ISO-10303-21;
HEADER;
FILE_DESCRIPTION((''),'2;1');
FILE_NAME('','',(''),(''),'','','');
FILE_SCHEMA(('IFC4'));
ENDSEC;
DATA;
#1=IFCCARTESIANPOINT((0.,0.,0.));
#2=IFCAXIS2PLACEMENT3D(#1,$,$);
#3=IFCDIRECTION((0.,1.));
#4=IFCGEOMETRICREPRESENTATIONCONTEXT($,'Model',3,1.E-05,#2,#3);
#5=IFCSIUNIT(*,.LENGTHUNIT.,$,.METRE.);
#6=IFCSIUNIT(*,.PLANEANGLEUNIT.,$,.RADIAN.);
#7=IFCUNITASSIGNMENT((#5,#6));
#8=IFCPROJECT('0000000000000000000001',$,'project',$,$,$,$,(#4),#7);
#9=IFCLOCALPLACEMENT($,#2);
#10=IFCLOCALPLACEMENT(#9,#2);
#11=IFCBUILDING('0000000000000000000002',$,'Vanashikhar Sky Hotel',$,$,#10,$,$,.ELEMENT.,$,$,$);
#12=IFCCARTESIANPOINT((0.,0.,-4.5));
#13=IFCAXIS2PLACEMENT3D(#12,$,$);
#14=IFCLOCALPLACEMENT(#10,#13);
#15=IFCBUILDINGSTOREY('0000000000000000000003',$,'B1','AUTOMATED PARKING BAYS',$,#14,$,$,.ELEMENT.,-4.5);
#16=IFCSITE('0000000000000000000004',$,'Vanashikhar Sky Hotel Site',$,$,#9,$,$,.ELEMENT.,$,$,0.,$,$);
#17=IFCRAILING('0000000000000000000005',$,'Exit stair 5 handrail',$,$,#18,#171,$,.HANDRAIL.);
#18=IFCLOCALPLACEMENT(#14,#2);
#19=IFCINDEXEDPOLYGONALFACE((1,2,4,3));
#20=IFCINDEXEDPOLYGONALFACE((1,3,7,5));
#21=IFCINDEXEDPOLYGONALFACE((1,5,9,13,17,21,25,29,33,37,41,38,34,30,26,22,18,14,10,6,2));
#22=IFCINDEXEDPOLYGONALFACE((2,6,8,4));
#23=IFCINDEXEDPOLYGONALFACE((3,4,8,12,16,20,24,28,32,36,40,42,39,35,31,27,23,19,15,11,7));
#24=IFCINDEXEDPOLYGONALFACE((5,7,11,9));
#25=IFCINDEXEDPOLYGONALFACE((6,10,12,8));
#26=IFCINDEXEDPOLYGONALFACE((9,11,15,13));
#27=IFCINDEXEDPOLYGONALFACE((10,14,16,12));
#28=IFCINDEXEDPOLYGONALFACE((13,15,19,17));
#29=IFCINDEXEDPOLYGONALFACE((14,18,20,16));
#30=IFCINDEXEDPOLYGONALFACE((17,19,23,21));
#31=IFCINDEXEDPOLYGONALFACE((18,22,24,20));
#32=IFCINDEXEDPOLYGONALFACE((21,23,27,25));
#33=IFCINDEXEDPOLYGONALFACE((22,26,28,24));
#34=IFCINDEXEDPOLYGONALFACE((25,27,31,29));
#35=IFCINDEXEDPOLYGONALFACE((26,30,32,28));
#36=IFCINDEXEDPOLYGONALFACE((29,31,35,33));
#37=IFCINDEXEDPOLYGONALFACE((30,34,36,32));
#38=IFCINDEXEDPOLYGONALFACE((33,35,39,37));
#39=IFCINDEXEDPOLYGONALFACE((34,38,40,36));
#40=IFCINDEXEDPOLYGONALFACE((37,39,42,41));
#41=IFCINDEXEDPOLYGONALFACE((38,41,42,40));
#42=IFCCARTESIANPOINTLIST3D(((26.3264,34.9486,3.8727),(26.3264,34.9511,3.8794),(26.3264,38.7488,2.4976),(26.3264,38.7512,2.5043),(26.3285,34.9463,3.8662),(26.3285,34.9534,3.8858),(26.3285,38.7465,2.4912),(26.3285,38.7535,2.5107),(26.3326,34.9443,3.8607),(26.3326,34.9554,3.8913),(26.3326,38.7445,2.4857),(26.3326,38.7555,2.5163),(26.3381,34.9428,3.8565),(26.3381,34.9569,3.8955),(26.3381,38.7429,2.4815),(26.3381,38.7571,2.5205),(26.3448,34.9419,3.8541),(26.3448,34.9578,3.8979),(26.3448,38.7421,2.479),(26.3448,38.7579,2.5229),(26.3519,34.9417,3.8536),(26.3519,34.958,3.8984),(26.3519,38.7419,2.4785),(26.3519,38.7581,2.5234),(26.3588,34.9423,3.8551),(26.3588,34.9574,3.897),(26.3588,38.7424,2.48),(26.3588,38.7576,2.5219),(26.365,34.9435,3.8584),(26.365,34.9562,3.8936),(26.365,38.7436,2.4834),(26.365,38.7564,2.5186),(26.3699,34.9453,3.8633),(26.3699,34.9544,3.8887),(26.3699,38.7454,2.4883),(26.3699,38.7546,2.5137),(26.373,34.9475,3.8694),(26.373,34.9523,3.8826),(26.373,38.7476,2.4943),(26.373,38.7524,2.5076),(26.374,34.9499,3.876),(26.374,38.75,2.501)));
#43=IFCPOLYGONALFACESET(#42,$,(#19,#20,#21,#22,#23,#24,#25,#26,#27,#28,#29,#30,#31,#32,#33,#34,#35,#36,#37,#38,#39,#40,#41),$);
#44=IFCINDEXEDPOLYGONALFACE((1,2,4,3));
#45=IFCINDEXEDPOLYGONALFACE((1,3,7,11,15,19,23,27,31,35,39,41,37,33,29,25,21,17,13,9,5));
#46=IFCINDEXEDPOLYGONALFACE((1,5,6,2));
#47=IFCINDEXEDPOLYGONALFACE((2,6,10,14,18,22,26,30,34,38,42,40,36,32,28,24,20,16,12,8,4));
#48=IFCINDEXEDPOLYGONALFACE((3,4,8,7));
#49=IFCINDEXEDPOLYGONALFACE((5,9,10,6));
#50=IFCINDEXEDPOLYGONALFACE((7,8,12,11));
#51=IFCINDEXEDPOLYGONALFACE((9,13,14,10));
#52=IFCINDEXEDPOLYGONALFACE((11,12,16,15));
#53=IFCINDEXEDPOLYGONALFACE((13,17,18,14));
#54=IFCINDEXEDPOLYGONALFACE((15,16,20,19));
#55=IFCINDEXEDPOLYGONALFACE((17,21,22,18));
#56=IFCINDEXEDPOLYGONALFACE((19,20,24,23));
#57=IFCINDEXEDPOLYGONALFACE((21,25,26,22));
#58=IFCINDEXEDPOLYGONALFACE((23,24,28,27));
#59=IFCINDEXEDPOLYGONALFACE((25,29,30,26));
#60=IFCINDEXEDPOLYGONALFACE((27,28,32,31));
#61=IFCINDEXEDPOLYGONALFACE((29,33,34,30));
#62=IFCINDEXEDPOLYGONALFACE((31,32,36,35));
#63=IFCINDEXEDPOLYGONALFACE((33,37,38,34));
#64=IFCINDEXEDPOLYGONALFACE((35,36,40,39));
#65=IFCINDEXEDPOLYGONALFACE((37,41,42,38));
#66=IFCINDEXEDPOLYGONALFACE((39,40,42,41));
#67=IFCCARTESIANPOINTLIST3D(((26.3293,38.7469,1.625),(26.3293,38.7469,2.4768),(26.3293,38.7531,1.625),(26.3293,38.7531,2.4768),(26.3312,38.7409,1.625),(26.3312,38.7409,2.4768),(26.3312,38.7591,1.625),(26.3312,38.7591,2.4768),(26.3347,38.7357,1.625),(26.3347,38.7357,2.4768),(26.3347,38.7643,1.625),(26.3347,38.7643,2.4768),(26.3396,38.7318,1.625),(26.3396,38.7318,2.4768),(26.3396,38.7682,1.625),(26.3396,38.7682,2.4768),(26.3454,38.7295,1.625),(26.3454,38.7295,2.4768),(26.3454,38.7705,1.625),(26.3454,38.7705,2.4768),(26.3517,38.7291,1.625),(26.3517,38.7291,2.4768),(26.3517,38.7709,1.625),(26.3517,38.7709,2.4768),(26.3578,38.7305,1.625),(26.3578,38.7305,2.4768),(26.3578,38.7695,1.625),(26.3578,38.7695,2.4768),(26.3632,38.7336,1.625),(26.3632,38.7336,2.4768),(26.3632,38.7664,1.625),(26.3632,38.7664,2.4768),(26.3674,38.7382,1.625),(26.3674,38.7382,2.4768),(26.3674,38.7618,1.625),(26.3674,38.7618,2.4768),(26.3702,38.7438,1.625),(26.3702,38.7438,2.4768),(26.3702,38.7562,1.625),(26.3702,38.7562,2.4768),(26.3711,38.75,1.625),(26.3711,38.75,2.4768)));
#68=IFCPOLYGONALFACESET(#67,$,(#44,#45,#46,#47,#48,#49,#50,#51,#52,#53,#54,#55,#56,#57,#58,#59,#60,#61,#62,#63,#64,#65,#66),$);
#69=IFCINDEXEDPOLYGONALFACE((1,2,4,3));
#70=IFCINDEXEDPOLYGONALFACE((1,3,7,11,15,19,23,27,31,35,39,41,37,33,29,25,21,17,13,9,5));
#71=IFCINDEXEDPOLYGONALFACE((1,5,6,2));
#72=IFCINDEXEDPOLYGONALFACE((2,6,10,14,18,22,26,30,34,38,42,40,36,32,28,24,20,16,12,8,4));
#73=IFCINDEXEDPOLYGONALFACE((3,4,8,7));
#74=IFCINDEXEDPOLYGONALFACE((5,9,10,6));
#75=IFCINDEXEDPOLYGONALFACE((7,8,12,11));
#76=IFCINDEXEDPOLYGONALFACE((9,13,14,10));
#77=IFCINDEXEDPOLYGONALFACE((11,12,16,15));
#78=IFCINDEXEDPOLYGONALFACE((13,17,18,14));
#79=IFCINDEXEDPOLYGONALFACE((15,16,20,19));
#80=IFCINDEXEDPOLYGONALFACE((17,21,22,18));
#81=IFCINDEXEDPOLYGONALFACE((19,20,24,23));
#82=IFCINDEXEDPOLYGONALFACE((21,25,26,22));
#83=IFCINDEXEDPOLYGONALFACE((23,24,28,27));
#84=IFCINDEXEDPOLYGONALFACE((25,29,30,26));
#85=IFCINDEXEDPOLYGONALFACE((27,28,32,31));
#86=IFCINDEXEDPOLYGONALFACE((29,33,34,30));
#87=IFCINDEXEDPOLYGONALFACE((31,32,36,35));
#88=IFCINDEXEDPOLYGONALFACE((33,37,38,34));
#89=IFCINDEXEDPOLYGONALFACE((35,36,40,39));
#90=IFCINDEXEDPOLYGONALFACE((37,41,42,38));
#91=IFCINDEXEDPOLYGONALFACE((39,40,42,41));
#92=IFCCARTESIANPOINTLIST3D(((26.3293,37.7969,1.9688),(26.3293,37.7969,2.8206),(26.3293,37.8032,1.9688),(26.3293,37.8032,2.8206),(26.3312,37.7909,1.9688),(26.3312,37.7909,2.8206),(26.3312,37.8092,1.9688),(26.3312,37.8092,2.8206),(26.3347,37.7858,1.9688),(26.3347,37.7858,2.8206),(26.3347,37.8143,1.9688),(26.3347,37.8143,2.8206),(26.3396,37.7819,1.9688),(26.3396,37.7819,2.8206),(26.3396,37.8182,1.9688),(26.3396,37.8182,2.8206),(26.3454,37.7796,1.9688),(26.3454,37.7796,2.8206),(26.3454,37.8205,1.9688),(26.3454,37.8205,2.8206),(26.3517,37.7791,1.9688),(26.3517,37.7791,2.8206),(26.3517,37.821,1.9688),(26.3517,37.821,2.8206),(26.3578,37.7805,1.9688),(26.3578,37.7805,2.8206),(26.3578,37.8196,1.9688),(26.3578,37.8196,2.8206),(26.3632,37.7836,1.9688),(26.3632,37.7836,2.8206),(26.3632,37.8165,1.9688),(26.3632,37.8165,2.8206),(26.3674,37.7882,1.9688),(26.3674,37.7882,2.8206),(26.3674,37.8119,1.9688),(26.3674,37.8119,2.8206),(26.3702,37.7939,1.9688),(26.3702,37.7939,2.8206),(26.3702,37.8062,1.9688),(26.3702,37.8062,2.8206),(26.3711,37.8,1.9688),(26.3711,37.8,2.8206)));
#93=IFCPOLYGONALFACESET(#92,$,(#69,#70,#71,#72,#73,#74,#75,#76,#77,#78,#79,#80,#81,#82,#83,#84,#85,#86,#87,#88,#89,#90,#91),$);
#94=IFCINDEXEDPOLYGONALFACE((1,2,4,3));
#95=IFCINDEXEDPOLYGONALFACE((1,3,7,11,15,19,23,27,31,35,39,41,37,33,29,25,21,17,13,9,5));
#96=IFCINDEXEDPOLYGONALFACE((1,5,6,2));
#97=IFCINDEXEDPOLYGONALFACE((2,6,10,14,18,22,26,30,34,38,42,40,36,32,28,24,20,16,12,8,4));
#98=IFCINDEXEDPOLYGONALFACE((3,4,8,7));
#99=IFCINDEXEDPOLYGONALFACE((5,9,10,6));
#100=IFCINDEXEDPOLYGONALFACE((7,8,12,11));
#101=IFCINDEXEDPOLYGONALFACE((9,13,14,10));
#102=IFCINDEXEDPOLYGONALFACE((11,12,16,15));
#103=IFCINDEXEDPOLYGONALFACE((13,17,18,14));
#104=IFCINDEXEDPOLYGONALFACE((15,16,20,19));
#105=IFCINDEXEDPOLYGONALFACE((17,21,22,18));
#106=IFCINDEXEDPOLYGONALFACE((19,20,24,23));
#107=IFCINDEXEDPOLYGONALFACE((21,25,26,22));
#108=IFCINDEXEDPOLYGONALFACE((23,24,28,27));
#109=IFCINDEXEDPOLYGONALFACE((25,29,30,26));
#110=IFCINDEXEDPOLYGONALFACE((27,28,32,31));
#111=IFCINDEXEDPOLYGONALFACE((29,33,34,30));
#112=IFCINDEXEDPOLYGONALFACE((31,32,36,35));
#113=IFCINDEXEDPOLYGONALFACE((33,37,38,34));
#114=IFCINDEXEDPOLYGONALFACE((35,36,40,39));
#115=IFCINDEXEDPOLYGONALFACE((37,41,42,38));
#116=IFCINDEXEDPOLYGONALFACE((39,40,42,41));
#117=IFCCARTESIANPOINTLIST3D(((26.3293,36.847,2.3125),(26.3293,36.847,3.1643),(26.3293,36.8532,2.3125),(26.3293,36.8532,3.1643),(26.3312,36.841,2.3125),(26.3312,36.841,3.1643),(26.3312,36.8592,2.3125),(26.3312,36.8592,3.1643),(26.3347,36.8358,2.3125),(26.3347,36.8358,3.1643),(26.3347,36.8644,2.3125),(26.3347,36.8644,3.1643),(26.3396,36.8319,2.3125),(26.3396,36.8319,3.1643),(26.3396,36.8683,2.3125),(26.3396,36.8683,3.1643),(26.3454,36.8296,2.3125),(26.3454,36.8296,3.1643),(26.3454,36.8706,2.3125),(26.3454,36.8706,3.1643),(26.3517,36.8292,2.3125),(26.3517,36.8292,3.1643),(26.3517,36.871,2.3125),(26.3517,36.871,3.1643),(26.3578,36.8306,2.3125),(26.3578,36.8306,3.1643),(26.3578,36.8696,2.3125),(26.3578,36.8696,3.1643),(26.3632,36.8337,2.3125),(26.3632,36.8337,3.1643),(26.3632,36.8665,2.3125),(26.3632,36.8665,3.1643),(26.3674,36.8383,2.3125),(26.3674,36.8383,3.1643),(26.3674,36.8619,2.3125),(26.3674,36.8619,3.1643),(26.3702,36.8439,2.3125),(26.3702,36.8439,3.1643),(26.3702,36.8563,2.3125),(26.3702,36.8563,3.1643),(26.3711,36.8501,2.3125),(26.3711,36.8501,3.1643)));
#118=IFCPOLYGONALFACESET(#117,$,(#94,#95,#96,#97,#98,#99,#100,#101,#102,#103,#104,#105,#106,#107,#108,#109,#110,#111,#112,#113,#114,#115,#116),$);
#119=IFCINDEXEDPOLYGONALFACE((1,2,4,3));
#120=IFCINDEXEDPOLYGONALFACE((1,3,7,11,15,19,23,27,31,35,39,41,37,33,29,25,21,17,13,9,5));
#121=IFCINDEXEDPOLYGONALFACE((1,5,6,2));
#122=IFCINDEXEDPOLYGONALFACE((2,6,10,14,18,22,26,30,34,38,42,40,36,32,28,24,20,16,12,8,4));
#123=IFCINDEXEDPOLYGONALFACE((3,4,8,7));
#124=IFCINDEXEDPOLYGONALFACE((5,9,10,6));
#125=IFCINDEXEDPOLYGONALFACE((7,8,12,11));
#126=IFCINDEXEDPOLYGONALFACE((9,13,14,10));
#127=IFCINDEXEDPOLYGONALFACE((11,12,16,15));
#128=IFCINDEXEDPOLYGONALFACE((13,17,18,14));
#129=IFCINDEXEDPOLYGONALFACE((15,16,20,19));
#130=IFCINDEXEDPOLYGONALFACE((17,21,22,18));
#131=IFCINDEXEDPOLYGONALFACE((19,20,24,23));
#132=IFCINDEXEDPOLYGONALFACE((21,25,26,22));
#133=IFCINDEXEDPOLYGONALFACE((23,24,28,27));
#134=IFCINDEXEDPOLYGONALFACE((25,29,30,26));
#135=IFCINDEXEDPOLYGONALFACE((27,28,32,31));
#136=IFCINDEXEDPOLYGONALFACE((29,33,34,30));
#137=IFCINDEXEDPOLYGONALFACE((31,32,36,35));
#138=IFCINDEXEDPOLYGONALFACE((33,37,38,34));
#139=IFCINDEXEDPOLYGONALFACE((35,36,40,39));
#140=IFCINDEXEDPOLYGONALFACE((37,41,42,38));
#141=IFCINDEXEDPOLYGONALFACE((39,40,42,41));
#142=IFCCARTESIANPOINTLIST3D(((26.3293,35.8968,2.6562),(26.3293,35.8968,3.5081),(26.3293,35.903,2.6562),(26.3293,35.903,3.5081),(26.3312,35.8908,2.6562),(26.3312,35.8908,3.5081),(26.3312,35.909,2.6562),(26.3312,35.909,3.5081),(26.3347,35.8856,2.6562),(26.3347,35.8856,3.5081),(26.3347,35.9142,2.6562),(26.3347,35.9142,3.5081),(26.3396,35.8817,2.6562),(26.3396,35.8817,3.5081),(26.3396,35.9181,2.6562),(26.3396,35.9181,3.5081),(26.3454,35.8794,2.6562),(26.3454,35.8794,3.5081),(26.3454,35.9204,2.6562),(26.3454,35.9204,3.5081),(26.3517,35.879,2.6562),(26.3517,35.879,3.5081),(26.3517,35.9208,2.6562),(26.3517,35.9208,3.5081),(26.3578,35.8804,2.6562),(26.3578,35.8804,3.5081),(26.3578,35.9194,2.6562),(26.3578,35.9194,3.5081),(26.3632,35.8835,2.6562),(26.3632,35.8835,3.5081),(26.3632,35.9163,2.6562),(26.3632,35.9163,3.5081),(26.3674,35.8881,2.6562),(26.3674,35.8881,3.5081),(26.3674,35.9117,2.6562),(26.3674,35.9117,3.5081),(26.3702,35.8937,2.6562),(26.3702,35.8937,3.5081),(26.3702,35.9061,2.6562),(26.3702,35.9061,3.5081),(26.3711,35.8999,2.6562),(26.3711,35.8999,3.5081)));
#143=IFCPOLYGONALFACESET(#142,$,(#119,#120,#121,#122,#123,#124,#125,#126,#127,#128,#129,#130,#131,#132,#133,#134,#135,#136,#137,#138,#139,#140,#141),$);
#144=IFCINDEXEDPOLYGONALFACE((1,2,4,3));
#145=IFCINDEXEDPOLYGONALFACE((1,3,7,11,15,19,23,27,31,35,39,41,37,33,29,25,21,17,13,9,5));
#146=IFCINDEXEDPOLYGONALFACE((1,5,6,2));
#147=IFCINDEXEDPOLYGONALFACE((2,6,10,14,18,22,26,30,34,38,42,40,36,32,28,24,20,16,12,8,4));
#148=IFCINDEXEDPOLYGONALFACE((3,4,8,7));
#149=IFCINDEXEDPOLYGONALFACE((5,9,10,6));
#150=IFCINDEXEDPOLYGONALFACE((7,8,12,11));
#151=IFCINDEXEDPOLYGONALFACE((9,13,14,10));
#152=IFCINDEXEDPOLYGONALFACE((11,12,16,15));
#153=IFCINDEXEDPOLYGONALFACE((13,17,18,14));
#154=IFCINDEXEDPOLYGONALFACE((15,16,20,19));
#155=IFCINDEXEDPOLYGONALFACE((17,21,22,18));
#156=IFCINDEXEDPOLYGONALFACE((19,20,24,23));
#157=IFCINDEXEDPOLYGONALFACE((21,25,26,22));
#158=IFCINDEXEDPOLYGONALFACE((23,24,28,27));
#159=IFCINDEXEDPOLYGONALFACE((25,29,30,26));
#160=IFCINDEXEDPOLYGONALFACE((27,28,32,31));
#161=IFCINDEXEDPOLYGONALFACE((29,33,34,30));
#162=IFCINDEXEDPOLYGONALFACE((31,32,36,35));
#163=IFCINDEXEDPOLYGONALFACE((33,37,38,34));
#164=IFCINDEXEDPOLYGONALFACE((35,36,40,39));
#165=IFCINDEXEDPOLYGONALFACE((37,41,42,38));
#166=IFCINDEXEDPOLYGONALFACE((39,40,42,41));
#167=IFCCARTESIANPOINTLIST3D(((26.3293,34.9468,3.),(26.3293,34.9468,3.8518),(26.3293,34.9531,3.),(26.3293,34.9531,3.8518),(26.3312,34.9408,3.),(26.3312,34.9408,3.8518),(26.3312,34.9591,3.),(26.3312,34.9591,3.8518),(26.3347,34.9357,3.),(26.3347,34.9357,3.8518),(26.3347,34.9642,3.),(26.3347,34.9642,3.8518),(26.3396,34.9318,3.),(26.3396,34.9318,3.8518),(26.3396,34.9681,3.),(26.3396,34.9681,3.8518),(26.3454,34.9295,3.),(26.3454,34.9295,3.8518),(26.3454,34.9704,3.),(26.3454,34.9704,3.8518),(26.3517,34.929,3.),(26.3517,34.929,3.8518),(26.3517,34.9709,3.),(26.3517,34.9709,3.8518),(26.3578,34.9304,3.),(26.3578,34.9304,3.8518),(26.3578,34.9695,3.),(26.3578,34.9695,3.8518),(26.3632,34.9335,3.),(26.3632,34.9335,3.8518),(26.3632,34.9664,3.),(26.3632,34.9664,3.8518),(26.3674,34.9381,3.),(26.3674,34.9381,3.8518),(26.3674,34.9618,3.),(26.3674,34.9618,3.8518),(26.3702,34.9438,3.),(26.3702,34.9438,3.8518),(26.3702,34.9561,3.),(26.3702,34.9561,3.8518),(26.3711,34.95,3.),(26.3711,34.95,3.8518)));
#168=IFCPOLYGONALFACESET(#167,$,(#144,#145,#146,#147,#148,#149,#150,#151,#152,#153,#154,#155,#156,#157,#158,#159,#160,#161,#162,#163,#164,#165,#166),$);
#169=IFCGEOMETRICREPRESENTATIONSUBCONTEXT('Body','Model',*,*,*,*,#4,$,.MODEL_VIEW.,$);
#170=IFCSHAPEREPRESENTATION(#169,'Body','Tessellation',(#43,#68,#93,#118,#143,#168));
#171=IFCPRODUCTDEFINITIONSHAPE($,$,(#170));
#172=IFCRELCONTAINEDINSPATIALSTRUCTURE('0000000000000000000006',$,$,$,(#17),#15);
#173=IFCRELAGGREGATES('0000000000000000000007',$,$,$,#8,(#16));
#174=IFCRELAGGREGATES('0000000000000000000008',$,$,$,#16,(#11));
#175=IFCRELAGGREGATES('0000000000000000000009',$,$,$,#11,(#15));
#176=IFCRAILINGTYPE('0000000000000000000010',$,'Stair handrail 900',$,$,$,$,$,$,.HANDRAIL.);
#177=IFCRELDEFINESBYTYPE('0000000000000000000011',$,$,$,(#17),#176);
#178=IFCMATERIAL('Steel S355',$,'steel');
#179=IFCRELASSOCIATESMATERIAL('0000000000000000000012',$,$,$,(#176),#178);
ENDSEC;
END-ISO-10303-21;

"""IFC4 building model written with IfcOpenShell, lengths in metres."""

from ifc_helpers import new_model, si_unit, direction, frame, origin, origin_2d, place, context, subcontext, project, spatial, circle, extrude, source, transform, mapped, material, type_object, element, save


model = new_model("IFC4")

# Units and contexts
model_context = context("Model", 3, precision=1e-05, world=origin(), true_north=direction((0.0, 1.0)))
body_context = subcontext(model_context, "Body", "Model", "MODEL_VIEW")
ifc_project = project(units=[si_unit("LENGTHUNIT", "METRE"), si_unit("PLANEANGLEUNIT", "RADIAN")], contexts=[model_context])

# Site, building, storey
site_placement = place(None, origin())
site = spatial("IfcSite", under=ifc_project, at=site_placement, Name="Vanashikhar Sky Hotel Site", CompositionType="ELEMENT", RefElevation=0.0)
building_placement = place(site_placement, origin())
building = spatial("IfcBuilding", under=site, at=building_placement, Name="Vanashikhar Sky Hotel", CompositionType="ELEMENT")
storey_placement = place(building_placement, frame((0.0, 0.0, -4.5)))
storey = spatial("IfcBuildingStorey", under=building, at=storey_placement, Name="B1", Description="AUTOMATED PARKING BAYS", CompositionType="ELEMENT", Elevation=-4.5)

# Railing
ifc_material_1 = material(Name="Steel S355", Category="steel")
railing_type_1 = type_object("IfcRailingType", Name="Stair handrail 900", PredefinedType="HANDRAIL", material=ifc_material_1)
shared_shape_1 = source(origin(), body_context, "Body", "SweptSolid", [
    extrude(circle(Radius=0.0239, at=origin_2d()), frame((0.0, 0.0, 0.876), z_axis=(0.0, -0.940336, 0.340249), x_axis=(1.0, 0.0, 0.0)), (0.0, 0.0, 1.0), 4.0413),
    extrude(circle(Radius=0.021, at=origin_2d()), origin(), (0.0, 0.0, 1.0), 0.8518),
    extrude(circle(Radius=0.021, at=origin_2d()), frame((0.0, -0.95, 0.3438)), (0.0, 0.0, 1.0), 0.8518),
    extrude(circle(Radius=0.021, at=origin_2d()), frame((0.0, -1.8999, 0.6875)), (0.0, 0.0, 1.0), 0.8518),
    extrude(circle(Radius=0.021, at=origin_2d()), frame((0.0, -2.8501, 1.0312)), (0.0, 0.0, 1.0), 0.8518),
    extrude(circle(Radius=0.021, at=origin_2d()), frame((0.0, -3.8, 1.375)), (0.0, 0.0, 1.0), 0.8518),
])
railing_1_placement = place(storey_placement, frame((26.3501, 38.75, 1.625)))
element("IfcRailing", 1, at=railing_1_placement, inside=storey, type_object=railing_type_1, Name="Exit stair 5 handrail", PredefinedType="HANDRAIL", context=body_context, shape_type="MappedRepresentation", body=[
    mapped(shared_shape_1, transform((0.0, 0.0, 0.0), scale=1.0)),
])

save(model, "model.ifc")
